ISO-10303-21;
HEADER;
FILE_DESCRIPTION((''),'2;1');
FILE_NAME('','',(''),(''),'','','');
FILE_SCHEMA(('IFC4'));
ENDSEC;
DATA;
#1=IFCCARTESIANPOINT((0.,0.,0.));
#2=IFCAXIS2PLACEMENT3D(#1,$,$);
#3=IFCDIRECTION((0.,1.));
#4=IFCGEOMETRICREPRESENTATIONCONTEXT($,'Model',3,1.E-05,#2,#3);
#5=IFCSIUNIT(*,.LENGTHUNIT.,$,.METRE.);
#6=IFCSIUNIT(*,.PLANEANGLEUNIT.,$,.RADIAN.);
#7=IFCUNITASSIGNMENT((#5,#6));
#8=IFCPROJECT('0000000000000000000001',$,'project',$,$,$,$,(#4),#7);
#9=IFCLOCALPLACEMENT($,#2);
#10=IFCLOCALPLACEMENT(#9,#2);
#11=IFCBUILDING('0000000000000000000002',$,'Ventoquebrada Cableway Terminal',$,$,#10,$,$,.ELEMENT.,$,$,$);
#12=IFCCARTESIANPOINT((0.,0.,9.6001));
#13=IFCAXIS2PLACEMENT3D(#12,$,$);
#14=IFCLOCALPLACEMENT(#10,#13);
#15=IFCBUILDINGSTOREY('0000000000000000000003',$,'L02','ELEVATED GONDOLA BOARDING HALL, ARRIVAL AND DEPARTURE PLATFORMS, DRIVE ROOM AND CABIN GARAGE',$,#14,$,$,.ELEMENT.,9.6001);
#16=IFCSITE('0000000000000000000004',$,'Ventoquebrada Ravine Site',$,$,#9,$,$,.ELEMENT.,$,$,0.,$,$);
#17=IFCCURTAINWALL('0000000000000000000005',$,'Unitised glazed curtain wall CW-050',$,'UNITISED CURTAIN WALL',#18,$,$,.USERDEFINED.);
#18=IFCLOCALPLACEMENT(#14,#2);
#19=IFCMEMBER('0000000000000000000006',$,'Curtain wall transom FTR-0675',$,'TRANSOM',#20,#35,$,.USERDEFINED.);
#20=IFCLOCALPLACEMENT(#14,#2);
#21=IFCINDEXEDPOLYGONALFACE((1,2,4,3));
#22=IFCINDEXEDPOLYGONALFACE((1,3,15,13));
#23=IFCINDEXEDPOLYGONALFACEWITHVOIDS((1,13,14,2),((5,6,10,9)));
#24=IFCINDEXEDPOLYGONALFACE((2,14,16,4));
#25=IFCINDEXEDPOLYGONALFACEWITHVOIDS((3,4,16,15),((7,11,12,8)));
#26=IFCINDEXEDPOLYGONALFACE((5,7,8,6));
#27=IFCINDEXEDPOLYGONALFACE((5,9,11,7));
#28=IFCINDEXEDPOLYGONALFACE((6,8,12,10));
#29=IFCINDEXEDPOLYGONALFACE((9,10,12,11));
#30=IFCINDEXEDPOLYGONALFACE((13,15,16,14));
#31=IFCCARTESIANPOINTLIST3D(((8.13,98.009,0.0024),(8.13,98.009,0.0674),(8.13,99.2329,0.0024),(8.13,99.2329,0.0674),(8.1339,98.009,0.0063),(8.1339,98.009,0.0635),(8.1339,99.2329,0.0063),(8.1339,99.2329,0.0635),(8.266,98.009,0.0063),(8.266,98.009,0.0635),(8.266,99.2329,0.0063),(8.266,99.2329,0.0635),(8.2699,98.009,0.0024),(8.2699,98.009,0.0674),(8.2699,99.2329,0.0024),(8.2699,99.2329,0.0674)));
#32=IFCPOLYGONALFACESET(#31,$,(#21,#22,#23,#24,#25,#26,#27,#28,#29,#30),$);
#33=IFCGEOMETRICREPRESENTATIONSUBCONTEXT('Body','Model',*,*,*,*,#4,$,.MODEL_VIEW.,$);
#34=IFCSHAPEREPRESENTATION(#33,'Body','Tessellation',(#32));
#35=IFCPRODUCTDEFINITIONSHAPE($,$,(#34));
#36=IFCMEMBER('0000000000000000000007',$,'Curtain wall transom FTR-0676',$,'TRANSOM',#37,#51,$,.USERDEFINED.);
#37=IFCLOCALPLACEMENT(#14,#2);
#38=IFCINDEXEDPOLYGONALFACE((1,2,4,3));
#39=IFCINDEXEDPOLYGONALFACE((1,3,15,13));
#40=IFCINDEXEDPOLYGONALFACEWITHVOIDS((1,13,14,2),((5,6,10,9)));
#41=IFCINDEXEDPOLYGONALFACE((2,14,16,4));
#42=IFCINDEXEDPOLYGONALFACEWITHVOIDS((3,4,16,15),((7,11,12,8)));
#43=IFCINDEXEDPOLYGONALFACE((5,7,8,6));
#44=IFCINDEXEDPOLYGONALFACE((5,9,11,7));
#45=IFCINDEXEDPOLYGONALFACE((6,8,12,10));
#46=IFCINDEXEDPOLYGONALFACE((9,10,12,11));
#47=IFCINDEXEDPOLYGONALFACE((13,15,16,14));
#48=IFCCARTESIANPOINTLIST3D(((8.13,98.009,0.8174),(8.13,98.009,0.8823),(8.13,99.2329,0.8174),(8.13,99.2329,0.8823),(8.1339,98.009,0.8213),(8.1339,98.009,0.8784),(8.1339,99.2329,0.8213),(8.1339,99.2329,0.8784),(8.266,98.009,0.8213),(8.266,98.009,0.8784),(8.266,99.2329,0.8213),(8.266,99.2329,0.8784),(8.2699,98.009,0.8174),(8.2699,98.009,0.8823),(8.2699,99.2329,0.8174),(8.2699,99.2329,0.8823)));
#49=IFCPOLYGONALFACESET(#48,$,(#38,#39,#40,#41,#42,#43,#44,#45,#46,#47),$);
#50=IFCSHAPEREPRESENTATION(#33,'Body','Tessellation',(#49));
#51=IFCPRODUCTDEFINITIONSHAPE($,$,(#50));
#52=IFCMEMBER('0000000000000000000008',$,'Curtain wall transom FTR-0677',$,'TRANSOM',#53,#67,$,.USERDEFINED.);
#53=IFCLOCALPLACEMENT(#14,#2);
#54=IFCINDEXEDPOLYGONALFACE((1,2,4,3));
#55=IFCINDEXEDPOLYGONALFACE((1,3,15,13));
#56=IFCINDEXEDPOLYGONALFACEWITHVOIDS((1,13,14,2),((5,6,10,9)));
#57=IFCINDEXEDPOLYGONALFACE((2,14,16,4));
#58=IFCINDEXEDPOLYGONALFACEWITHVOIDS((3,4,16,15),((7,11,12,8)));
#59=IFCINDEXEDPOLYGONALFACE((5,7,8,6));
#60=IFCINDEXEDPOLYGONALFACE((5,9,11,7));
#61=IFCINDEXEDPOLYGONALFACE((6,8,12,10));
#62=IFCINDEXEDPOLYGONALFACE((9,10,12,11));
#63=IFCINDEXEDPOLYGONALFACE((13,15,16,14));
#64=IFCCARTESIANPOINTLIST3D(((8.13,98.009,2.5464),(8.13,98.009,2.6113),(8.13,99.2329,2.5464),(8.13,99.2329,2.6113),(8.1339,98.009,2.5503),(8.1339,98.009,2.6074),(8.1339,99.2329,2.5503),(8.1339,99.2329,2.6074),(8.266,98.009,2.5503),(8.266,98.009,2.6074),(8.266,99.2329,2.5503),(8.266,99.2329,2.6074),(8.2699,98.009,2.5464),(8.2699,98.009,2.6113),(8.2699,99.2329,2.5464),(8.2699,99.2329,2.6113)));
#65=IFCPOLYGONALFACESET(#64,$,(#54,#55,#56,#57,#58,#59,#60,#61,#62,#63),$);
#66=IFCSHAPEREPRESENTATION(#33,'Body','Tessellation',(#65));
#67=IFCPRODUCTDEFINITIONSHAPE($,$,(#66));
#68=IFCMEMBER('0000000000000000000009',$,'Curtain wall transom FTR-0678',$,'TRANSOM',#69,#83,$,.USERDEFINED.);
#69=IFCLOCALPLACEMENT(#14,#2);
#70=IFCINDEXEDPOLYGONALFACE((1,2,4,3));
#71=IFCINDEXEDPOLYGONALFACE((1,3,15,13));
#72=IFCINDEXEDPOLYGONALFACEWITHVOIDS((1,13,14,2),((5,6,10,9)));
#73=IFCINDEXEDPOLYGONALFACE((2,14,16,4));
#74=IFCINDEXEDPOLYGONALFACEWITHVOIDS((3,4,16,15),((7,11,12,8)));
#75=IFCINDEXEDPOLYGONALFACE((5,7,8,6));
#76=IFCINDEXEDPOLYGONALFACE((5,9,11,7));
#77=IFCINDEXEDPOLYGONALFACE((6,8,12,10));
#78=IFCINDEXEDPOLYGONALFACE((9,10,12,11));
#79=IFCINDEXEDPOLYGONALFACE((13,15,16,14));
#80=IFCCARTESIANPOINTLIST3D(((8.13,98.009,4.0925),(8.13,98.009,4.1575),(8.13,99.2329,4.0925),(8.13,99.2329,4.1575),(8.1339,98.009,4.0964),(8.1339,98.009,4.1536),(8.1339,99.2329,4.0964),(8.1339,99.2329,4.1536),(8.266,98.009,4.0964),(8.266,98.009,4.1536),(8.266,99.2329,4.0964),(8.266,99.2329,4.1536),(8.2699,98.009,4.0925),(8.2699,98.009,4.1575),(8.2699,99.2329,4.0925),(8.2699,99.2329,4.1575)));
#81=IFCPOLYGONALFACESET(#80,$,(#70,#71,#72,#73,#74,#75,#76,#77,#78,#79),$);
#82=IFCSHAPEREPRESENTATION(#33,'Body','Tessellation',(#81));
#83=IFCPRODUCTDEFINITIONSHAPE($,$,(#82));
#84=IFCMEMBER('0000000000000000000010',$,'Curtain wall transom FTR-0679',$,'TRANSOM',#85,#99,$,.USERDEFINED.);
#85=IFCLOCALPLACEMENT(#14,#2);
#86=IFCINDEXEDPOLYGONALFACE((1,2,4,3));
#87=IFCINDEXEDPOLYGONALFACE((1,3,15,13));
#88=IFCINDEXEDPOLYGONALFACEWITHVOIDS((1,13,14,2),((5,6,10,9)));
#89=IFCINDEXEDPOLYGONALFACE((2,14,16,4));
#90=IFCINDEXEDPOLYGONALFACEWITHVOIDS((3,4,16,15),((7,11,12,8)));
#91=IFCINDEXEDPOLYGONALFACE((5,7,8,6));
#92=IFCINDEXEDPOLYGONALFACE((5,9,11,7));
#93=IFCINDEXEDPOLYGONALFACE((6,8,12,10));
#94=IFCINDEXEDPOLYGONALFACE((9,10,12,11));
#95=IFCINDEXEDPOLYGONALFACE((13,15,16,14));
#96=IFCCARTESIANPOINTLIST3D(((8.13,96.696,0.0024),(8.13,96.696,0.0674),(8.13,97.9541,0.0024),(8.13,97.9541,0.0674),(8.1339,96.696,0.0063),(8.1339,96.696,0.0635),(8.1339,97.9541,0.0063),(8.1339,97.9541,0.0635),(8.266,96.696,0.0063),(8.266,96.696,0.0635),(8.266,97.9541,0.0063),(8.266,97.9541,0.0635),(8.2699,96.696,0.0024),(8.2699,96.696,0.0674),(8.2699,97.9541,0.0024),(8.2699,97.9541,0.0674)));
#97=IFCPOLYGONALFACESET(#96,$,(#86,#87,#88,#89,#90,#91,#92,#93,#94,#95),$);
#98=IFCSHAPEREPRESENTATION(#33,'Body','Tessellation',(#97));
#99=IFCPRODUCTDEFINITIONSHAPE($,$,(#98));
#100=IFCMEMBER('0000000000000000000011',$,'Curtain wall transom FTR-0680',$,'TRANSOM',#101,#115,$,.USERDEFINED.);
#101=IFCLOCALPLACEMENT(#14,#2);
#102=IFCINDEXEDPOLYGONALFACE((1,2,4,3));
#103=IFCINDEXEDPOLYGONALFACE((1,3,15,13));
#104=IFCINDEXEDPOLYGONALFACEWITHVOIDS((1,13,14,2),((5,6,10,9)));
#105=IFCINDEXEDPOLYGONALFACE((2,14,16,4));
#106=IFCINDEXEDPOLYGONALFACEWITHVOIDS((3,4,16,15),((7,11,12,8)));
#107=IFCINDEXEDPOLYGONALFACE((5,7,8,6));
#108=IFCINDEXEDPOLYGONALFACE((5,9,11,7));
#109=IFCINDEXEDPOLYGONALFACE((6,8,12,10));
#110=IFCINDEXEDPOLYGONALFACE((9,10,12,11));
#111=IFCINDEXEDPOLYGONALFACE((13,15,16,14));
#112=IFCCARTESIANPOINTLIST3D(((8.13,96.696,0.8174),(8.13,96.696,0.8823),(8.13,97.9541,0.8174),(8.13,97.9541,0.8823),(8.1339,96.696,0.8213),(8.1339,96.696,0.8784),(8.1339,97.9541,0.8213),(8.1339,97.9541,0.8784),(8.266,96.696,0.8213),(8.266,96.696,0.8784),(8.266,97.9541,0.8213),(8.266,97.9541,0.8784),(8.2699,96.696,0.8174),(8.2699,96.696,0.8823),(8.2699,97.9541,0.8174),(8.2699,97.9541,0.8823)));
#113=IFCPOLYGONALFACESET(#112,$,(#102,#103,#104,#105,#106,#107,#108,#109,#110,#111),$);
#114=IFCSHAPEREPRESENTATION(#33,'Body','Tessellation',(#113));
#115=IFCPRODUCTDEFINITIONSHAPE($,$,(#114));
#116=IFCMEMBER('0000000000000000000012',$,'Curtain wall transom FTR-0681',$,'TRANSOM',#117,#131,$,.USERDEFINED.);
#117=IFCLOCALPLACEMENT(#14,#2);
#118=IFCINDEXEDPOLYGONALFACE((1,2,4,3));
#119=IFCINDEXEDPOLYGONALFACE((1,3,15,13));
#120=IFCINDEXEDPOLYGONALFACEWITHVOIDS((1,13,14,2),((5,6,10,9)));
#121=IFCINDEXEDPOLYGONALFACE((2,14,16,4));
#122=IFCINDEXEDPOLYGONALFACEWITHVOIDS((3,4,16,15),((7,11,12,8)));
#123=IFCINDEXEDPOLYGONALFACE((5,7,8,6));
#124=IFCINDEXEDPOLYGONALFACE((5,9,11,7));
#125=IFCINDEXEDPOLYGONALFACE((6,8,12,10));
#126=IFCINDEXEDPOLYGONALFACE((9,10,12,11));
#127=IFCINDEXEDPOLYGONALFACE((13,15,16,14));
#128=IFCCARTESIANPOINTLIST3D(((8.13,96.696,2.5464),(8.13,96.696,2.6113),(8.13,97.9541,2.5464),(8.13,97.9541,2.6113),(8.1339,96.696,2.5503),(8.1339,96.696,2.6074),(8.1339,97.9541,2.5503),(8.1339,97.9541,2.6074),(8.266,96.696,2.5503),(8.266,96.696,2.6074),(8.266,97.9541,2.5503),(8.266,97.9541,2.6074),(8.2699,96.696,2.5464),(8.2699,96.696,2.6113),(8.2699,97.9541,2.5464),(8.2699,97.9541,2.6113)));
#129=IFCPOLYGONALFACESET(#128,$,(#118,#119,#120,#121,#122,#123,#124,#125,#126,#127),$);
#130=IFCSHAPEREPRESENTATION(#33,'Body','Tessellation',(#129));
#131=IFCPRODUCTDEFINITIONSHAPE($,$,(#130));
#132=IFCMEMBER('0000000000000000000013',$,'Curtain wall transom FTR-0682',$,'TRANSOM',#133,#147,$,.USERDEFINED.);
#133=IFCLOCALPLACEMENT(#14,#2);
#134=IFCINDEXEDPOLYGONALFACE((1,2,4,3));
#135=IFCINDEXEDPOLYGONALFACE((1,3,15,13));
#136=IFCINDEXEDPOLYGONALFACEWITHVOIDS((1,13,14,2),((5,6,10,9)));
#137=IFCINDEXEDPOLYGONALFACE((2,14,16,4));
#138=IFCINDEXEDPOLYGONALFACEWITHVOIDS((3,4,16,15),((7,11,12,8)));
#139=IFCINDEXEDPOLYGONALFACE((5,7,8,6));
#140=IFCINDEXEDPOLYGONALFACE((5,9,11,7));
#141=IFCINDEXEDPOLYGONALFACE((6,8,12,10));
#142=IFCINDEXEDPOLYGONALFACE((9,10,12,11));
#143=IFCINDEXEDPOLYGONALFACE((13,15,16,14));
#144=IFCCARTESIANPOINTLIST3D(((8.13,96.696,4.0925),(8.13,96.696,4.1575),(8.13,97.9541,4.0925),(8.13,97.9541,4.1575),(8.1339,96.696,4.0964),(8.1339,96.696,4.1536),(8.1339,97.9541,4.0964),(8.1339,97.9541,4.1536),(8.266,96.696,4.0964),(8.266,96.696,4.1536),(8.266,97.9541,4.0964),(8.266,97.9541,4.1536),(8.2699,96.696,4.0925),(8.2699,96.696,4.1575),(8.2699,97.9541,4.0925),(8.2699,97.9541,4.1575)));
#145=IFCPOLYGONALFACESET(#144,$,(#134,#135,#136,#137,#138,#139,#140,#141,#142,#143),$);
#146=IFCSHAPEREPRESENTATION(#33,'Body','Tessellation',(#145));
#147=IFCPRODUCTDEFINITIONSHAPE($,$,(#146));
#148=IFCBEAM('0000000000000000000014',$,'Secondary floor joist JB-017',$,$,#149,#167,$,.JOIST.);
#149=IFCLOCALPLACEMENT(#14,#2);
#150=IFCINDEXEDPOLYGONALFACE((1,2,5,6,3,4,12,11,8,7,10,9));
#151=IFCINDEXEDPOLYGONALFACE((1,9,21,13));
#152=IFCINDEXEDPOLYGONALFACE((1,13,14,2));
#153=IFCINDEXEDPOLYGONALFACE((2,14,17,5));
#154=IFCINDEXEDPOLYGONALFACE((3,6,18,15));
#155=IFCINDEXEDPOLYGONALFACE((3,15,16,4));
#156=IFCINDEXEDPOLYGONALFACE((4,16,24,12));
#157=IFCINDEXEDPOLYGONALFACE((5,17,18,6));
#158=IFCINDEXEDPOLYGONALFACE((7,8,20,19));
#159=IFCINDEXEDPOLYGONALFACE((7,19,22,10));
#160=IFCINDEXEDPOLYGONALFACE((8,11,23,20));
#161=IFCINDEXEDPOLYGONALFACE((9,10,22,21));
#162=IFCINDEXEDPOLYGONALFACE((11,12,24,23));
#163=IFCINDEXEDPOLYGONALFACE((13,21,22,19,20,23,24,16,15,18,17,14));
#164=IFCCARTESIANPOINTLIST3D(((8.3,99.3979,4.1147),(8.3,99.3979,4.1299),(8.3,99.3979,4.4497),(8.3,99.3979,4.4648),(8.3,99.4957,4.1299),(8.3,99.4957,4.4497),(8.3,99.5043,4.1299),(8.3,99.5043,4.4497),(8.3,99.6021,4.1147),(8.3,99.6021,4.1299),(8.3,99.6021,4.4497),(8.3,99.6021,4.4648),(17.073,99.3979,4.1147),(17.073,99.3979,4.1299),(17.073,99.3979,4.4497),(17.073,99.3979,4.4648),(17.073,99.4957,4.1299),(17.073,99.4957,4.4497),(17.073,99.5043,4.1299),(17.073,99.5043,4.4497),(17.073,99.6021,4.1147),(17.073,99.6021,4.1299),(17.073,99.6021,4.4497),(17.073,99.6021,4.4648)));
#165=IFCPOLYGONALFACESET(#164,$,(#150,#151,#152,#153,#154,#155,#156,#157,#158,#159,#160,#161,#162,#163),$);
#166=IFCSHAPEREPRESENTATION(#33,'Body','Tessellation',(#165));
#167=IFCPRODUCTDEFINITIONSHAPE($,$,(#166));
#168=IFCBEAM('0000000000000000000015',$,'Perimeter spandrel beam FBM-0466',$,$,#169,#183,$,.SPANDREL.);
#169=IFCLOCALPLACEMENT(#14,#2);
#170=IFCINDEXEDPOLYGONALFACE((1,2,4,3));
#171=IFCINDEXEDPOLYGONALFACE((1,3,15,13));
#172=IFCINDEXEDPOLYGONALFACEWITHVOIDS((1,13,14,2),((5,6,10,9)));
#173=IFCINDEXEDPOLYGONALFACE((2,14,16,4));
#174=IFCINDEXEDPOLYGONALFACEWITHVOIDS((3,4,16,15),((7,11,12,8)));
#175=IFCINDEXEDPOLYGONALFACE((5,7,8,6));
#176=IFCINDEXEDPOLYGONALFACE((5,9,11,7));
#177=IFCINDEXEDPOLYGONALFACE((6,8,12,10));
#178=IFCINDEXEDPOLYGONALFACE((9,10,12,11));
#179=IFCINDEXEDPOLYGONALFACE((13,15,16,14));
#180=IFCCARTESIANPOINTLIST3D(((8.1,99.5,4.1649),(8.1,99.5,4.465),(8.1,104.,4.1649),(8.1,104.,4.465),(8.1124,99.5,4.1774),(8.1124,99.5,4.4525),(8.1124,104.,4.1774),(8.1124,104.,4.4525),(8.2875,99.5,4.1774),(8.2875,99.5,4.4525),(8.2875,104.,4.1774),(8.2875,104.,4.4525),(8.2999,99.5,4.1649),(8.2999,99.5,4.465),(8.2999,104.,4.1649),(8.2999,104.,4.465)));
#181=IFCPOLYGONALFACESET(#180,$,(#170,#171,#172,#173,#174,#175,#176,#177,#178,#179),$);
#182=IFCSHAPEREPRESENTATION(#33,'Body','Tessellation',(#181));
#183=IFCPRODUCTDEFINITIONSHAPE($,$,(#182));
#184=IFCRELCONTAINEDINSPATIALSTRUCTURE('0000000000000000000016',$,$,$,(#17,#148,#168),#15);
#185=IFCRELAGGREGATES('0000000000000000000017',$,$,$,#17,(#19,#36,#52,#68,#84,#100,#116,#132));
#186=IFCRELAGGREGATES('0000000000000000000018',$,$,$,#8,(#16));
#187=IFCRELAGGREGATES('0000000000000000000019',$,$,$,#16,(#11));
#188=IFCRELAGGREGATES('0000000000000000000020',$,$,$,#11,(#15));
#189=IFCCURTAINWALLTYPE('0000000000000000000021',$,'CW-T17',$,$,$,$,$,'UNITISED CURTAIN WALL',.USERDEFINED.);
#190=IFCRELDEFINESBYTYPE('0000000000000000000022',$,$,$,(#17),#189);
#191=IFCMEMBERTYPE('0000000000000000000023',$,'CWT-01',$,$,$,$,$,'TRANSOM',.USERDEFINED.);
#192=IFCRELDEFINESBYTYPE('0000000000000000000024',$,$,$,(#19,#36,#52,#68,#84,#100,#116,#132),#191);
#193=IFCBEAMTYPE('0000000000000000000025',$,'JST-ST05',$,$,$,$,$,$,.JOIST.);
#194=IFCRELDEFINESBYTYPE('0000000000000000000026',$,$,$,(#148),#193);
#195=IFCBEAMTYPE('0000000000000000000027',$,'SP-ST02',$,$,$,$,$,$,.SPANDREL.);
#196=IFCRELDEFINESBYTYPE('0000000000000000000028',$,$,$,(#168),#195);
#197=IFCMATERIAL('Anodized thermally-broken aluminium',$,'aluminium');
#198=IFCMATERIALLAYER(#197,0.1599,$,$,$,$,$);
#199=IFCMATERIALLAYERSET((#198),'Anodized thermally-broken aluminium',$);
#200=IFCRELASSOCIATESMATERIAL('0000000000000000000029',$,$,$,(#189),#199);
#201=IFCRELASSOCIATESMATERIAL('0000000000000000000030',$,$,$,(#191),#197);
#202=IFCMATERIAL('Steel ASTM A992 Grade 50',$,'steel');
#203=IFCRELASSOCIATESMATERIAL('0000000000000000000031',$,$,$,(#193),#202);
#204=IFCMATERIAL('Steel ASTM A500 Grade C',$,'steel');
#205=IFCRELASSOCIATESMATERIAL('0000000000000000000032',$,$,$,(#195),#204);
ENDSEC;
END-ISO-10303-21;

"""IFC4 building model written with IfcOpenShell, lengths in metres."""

from ifc_helpers import new_model, si_unit, direction, frame, origin, origin_2d, place, context, subcontext, project, spatial, hollow_rectangle, i_section, extrude, material, layer, layer_set, material_profile, profile_set, type_object, element, aggregate, save


model = new_model("IFC4")

# Units and contexts
model_context = context("Model", 3, precision=1e-05, world=origin(), true_north=direction((0.0, 1.0)))
body_context = subcontext(model_context, "Body", "Model", "MODEL_VIEW")
ifc_project = project(units=[si_unit("LENGTHUNIT", "METRE"), si_unit("PLANEANGLEUNIT", "RADIAN")], contexts=[model_context])

# Site, building, storey
site_placement = place(None, origin())
site = spatial("IfcSite", under=ifc_project, at=site_placement, Name="Ventoquebrada Ravine Site", CompositionType="ELEMENT", RefElevation=0.0)
building_placement = place(site_placement, origin())
building = spatial("IfcBuilding", under=site, at=building_placement, Name="Ventoquebrada Cableway Terminal", CompositionType="ELEMENT")
storey_placement = place(building_placement, frame((0.0, 0.0, 9.6001)))
storey = spatial("IfcBuildingStorey", under=building, at=storey_placement, Name="L02", Description="ELEVATED GONDOLA BOARDING HALL, ARRIVAL AND DEPARTURE PLATFORMS, DRIVE ROOM AND CABIN GARAGE", CompositionType="ELEMENT", Elevation=9.6001)

# Curtain wall
ifc_material_1 = material(Name="Anodized thermally-broken aluminium", Category="aluminium")
ifc_layer_1 = layer(ifc_material_1, 0.1599)
ifc_layer_set_1 = layer_set([ifc_layer_1], Name="Anodized thermally-broken aluminium")
curtain_wall_type = type_object("IfcCurtainWallType", Name="CW-T17", ElementType="UNITISED CURTAIN WALL", PredefinedType="USERDEFINED", material=ifc_layer_set_1)
curtain_wall_1_placement = place(storey_placement, origin())
curtain_wall_1 = element("IfcCurtainWall", 1, at=curtain_wall_1_placement, inside=storey, type_object=curtain_wall_type, Name="Unitised glazed curtain wall CW-050", ObjectType="UNITISED CURTAIN WALL", PredefinedType="USERDEFINED")

# Members
ifc_material_profile_1 = material_profile(ifc_material_1, hollow_rectangle(XDim=0.0649, YDim=0.1399, WallThickness=0.0039, at=origin_2d()), Name="CW-TRN-65X140")
ifc_profile_set_1 = profile_set([ifc_material_profile_1], Name="Anodized thermally-broken aluminium")
member_type_1 = type_object("IfcMemberType", Name="CWT-01", ElementType="TRANSOM", PredefinedType="USERDEFINED", material=ifc_profile_set_1)
member_1_placement = place(storey_placement, frame((8.2, 99.2329, 0.0349), z_axis=(0.0, -1.0, 0.0), x_axis=(0.0, 0.0, 1.0)))
member_1 = element("IfcMember", 2, at=member_1_placement, type_object=member_type_1, Name="Curtain wall transom FTR-0675", ObjectType="TRANSOM", PredefinedType="USERDEFINED", context=body_context, shape_type="SweptSolid", body=[
    extrude(hollow_rectangle(XDim=0.0649, YDim=0.1399, WallThickness=0.0039, at=origin_2d()), origin(), (0.0, 0.0, 1.0), 1.2239),
])
member_2_placement = place(storey_placement, frame((8.2, 99.2329, 0.8499), z_axis=(0.0, -1.0, 0.0), x_axis=(0.0, 0.0, 1.0)))
member_2 = element("IfcMember", 3, at=member_2_placement, type_object=member_type_1, Name="Curtain wall transom FTR-0676", ObjectType="TRANSOM", PredefinedType="USERDEFINED", context=body_context, shape_type="SweptSolid", body=[
    extrude(hollow_rectangle(XDim=0.0649, YDim=0.1399, WallThickness=0.0039, at=origin_2d()), origin(), (0.0, 0.0, 1.0), 1.2239),
])
member_3_placement = place(storey_placement, frame((8.2, 99.2329, 2.5789), z_axis=(0.0, -1.0, 0.0), x_axis=(0.0, 0.0, 1.0)))
member_3 = element("IfcMember", 4, at=member_3_placement, type_object=member_type_1, Name="Curtain wall transom FTR-0677", ObjectType="TRANSOM", PredefinedType="USERDEFINED", context=body_context, shape_type="SweptSolid", body=[
    extrude(hollow_rectangle(XDim=0.0649, YDim=0.1399, WallThickness=0.0039, at=origin_2d()), origin(), (0.0, 0.0, 1.0), 1.2239),
])
member_4_placement = place(storey_placement, frame((8.2, 99.2329, 4.125), z_axis=(0.0, -1.0, 0.0), x_axis=(0.0, 0.0, 1.0)))
member_4 = element("IfcMember", 5, at=member_4_placement, type_object=member_type_1, Name="Curtain wall transom FTR-0678", ObjectType="TRANSOM", PredefinedType="USERDEFINED", context=body_context, shape_type="SweptSolid", body=[
    extrude(hollow_rectangle(XDim=0.0649, YDim=0.1399, WallThickness=0.0039, at=origin_2d()), origin(), (0.0, 0.0, 1.0), 1.2239),
])
member_5_placement = place(storey_placement, frame((8.2, 97.9541, 0.0349), z_axis=(0.0, -1.0, 0.0), x_axis=(0.0, 0.0, 1.0)))
member_5 = element("IfcMember", 6, at=member_5_placement, type_object=member_type_1, Name="Curtain wall transom FTR-0679", ObjectType="TRANSOM", PredefinedType="USERDEFINED", context=body_context, shape_type="SweptSolid", body=[
    extrude(hollow_rectangle(XDim=0.0649, YDim=0.1399, WallThickness=0.0039, at=origin_2d()), origin(), (0.0, 0.0, 1.0), 1.2581),
])
member_6_placement = place(storey_placement, frame((8.2, 97.9541, 0.8499), z_axis=(0.0, -1.0, 0.0), x_axis=(0.0, 0.0, 1.0)))
member_6 = element("IfcMember", 7, at=member_6_placement, type_object=member_type_1, Name="Curtain wall transom FTR-0680", ObjectType="TRANSOM", PredefinedType="USERDEFINED", context=body_context, shape_type="SweptSolid", body=[
    extrude(hollow_rectangle(XDim=0.0649, YDim=0.1399, WallThickness=0.0039, at=origin_2d()), origin(), (0.0, 0.0, 1.0), 1.2581),
])
member_7_placement = place(storey_placement, frame((8.2, 97.9541, 2.5789), z_axis=(0.0, -1.0, 0.0), x_axis=(0.0, 0.0, 1.0)))
member_7 = element("IfcMember", 8, at=member_7_placement, type_object=member_type_1, Name="Curtain wall transom FTR-0681", ObjectType="TRANSOM", PredefinedType="USERDEFINED", context=body_context, shape_type="SweptSolid", body=[
    extrude(hollow_rectangle(XDim=0.0649, YDim=0.1399, WallThickness=0.0039, at=origin_2d()), origin(), (0.0, 0.0, 1.0), 1.2581),
])
member_8_placement = place(storey_placement, frame((8.2, 97.9541, 4.125), z_axis=(0.0, -1.0, 0.0), x_axis=(0.0, 0.0, 1.0)))
member_8 = element("IfcMember", 9, at=member_8_placement, type_object=member_type_1, Name="Curtain wall transom FTR-0682", ObjectType="TRANSOM", PredefinedType="USERDEFINED", context=body_context, shape_type="SweptSolid", body=[
    extrude(hollow_rectangle(XDim=0.0649, YDim=0.1399, WallThickness=0.0039, at=origin_2d()), origin(), (0.0, 0.0, 1.0), 1.2581),
])

# Beams
ifc_material_2 = material(Name="Steel ASTM A992 Grade 50", Category="steel")
ifc_material_profile_2 = material_profile(ifc_material_2, i_section(OverallWidth=0.2041, OverallDepth=0.3501, WebThickness=0.0085, FlangeThickness=0.0151, at=origin_2d()), Name="W14X48")
ifc_profile_set_2 = profile_set([ifc_material_profile_2], Name="Steel ASTM A992 Grade 50")
beam_type_1 = type_object("IfcBeamType", Name="JST-ST05", PredefinedType="JOIST", material=ifc_profile_set_2)
beam_1_placement = place(storey_placement, frame((8.3, 99.5, 4.2898), z_axis=(1.0, 0.0, 0.0), x_axis=(0.0, 1.0, 0.0)))
element("IfcBeam", 10, at=beam_1_placement, inside=storey, type_object=beam_type_1, Name="Secondary floor joist JB-017", PredefinedType="JOIST", context=body_context, shape_type="SweptSolid", body=[
    extrude(i_section(OverallWidth=0.2041, OverallDepth=0.3501, WebThickness=0.0085, FlangeThickness=0.0151, at=origin_2d()), origin(), (0.0, 0.0, 1.0), 8.7729),
])
ifc_material_3 = material(Name="Steel ASTM A500 Grade C", Category="steel")
ifc_material_profile_3 = material_profile(ifc_material_3, hollow_rectangle(XDim=0.2, YDim=0.3, WallThickness=0.0125, at=origin_2d()), Name="RHS300X200X12.5")
ifc_profile_set_3 = profile_set([ifc_material_profile_3], Name="Steel ASTM A500 Grade C")
beam_type_2 = type_object("IfcBeamType", Name="SP-ST02", PredefinedType="SPANDREL", material=ifc_profile_set_3)
beam_2_placement = place(storey_placement, frame((8.2, 99.5, 4.3149), z_axis=(0.0, 1.0, 0.0), x_axis=(-1.0, 0.0, 0.0)))
element("IfcBeam", 11, at=beam_2_placement, inside=storey, type_object=beam_type_2, Name="Perimeter spandrel beam FBM-0466", PredefinedType="SPANDREL", context=body_context, shape_type="SweptSolid", body=[
    extrude(hollow_rectangle(XDim=0.2, YDim=0.3, WallThickness=0.0125, at=origin_2d()), origin(), (0.0, 0.0, 1.0), 4.5),
])

aggregate(curtain_wall_1, [member_1, member_2, member_3, member_4, member_5, member_6, member_7, member_8])

save(model, "model.ifc")
